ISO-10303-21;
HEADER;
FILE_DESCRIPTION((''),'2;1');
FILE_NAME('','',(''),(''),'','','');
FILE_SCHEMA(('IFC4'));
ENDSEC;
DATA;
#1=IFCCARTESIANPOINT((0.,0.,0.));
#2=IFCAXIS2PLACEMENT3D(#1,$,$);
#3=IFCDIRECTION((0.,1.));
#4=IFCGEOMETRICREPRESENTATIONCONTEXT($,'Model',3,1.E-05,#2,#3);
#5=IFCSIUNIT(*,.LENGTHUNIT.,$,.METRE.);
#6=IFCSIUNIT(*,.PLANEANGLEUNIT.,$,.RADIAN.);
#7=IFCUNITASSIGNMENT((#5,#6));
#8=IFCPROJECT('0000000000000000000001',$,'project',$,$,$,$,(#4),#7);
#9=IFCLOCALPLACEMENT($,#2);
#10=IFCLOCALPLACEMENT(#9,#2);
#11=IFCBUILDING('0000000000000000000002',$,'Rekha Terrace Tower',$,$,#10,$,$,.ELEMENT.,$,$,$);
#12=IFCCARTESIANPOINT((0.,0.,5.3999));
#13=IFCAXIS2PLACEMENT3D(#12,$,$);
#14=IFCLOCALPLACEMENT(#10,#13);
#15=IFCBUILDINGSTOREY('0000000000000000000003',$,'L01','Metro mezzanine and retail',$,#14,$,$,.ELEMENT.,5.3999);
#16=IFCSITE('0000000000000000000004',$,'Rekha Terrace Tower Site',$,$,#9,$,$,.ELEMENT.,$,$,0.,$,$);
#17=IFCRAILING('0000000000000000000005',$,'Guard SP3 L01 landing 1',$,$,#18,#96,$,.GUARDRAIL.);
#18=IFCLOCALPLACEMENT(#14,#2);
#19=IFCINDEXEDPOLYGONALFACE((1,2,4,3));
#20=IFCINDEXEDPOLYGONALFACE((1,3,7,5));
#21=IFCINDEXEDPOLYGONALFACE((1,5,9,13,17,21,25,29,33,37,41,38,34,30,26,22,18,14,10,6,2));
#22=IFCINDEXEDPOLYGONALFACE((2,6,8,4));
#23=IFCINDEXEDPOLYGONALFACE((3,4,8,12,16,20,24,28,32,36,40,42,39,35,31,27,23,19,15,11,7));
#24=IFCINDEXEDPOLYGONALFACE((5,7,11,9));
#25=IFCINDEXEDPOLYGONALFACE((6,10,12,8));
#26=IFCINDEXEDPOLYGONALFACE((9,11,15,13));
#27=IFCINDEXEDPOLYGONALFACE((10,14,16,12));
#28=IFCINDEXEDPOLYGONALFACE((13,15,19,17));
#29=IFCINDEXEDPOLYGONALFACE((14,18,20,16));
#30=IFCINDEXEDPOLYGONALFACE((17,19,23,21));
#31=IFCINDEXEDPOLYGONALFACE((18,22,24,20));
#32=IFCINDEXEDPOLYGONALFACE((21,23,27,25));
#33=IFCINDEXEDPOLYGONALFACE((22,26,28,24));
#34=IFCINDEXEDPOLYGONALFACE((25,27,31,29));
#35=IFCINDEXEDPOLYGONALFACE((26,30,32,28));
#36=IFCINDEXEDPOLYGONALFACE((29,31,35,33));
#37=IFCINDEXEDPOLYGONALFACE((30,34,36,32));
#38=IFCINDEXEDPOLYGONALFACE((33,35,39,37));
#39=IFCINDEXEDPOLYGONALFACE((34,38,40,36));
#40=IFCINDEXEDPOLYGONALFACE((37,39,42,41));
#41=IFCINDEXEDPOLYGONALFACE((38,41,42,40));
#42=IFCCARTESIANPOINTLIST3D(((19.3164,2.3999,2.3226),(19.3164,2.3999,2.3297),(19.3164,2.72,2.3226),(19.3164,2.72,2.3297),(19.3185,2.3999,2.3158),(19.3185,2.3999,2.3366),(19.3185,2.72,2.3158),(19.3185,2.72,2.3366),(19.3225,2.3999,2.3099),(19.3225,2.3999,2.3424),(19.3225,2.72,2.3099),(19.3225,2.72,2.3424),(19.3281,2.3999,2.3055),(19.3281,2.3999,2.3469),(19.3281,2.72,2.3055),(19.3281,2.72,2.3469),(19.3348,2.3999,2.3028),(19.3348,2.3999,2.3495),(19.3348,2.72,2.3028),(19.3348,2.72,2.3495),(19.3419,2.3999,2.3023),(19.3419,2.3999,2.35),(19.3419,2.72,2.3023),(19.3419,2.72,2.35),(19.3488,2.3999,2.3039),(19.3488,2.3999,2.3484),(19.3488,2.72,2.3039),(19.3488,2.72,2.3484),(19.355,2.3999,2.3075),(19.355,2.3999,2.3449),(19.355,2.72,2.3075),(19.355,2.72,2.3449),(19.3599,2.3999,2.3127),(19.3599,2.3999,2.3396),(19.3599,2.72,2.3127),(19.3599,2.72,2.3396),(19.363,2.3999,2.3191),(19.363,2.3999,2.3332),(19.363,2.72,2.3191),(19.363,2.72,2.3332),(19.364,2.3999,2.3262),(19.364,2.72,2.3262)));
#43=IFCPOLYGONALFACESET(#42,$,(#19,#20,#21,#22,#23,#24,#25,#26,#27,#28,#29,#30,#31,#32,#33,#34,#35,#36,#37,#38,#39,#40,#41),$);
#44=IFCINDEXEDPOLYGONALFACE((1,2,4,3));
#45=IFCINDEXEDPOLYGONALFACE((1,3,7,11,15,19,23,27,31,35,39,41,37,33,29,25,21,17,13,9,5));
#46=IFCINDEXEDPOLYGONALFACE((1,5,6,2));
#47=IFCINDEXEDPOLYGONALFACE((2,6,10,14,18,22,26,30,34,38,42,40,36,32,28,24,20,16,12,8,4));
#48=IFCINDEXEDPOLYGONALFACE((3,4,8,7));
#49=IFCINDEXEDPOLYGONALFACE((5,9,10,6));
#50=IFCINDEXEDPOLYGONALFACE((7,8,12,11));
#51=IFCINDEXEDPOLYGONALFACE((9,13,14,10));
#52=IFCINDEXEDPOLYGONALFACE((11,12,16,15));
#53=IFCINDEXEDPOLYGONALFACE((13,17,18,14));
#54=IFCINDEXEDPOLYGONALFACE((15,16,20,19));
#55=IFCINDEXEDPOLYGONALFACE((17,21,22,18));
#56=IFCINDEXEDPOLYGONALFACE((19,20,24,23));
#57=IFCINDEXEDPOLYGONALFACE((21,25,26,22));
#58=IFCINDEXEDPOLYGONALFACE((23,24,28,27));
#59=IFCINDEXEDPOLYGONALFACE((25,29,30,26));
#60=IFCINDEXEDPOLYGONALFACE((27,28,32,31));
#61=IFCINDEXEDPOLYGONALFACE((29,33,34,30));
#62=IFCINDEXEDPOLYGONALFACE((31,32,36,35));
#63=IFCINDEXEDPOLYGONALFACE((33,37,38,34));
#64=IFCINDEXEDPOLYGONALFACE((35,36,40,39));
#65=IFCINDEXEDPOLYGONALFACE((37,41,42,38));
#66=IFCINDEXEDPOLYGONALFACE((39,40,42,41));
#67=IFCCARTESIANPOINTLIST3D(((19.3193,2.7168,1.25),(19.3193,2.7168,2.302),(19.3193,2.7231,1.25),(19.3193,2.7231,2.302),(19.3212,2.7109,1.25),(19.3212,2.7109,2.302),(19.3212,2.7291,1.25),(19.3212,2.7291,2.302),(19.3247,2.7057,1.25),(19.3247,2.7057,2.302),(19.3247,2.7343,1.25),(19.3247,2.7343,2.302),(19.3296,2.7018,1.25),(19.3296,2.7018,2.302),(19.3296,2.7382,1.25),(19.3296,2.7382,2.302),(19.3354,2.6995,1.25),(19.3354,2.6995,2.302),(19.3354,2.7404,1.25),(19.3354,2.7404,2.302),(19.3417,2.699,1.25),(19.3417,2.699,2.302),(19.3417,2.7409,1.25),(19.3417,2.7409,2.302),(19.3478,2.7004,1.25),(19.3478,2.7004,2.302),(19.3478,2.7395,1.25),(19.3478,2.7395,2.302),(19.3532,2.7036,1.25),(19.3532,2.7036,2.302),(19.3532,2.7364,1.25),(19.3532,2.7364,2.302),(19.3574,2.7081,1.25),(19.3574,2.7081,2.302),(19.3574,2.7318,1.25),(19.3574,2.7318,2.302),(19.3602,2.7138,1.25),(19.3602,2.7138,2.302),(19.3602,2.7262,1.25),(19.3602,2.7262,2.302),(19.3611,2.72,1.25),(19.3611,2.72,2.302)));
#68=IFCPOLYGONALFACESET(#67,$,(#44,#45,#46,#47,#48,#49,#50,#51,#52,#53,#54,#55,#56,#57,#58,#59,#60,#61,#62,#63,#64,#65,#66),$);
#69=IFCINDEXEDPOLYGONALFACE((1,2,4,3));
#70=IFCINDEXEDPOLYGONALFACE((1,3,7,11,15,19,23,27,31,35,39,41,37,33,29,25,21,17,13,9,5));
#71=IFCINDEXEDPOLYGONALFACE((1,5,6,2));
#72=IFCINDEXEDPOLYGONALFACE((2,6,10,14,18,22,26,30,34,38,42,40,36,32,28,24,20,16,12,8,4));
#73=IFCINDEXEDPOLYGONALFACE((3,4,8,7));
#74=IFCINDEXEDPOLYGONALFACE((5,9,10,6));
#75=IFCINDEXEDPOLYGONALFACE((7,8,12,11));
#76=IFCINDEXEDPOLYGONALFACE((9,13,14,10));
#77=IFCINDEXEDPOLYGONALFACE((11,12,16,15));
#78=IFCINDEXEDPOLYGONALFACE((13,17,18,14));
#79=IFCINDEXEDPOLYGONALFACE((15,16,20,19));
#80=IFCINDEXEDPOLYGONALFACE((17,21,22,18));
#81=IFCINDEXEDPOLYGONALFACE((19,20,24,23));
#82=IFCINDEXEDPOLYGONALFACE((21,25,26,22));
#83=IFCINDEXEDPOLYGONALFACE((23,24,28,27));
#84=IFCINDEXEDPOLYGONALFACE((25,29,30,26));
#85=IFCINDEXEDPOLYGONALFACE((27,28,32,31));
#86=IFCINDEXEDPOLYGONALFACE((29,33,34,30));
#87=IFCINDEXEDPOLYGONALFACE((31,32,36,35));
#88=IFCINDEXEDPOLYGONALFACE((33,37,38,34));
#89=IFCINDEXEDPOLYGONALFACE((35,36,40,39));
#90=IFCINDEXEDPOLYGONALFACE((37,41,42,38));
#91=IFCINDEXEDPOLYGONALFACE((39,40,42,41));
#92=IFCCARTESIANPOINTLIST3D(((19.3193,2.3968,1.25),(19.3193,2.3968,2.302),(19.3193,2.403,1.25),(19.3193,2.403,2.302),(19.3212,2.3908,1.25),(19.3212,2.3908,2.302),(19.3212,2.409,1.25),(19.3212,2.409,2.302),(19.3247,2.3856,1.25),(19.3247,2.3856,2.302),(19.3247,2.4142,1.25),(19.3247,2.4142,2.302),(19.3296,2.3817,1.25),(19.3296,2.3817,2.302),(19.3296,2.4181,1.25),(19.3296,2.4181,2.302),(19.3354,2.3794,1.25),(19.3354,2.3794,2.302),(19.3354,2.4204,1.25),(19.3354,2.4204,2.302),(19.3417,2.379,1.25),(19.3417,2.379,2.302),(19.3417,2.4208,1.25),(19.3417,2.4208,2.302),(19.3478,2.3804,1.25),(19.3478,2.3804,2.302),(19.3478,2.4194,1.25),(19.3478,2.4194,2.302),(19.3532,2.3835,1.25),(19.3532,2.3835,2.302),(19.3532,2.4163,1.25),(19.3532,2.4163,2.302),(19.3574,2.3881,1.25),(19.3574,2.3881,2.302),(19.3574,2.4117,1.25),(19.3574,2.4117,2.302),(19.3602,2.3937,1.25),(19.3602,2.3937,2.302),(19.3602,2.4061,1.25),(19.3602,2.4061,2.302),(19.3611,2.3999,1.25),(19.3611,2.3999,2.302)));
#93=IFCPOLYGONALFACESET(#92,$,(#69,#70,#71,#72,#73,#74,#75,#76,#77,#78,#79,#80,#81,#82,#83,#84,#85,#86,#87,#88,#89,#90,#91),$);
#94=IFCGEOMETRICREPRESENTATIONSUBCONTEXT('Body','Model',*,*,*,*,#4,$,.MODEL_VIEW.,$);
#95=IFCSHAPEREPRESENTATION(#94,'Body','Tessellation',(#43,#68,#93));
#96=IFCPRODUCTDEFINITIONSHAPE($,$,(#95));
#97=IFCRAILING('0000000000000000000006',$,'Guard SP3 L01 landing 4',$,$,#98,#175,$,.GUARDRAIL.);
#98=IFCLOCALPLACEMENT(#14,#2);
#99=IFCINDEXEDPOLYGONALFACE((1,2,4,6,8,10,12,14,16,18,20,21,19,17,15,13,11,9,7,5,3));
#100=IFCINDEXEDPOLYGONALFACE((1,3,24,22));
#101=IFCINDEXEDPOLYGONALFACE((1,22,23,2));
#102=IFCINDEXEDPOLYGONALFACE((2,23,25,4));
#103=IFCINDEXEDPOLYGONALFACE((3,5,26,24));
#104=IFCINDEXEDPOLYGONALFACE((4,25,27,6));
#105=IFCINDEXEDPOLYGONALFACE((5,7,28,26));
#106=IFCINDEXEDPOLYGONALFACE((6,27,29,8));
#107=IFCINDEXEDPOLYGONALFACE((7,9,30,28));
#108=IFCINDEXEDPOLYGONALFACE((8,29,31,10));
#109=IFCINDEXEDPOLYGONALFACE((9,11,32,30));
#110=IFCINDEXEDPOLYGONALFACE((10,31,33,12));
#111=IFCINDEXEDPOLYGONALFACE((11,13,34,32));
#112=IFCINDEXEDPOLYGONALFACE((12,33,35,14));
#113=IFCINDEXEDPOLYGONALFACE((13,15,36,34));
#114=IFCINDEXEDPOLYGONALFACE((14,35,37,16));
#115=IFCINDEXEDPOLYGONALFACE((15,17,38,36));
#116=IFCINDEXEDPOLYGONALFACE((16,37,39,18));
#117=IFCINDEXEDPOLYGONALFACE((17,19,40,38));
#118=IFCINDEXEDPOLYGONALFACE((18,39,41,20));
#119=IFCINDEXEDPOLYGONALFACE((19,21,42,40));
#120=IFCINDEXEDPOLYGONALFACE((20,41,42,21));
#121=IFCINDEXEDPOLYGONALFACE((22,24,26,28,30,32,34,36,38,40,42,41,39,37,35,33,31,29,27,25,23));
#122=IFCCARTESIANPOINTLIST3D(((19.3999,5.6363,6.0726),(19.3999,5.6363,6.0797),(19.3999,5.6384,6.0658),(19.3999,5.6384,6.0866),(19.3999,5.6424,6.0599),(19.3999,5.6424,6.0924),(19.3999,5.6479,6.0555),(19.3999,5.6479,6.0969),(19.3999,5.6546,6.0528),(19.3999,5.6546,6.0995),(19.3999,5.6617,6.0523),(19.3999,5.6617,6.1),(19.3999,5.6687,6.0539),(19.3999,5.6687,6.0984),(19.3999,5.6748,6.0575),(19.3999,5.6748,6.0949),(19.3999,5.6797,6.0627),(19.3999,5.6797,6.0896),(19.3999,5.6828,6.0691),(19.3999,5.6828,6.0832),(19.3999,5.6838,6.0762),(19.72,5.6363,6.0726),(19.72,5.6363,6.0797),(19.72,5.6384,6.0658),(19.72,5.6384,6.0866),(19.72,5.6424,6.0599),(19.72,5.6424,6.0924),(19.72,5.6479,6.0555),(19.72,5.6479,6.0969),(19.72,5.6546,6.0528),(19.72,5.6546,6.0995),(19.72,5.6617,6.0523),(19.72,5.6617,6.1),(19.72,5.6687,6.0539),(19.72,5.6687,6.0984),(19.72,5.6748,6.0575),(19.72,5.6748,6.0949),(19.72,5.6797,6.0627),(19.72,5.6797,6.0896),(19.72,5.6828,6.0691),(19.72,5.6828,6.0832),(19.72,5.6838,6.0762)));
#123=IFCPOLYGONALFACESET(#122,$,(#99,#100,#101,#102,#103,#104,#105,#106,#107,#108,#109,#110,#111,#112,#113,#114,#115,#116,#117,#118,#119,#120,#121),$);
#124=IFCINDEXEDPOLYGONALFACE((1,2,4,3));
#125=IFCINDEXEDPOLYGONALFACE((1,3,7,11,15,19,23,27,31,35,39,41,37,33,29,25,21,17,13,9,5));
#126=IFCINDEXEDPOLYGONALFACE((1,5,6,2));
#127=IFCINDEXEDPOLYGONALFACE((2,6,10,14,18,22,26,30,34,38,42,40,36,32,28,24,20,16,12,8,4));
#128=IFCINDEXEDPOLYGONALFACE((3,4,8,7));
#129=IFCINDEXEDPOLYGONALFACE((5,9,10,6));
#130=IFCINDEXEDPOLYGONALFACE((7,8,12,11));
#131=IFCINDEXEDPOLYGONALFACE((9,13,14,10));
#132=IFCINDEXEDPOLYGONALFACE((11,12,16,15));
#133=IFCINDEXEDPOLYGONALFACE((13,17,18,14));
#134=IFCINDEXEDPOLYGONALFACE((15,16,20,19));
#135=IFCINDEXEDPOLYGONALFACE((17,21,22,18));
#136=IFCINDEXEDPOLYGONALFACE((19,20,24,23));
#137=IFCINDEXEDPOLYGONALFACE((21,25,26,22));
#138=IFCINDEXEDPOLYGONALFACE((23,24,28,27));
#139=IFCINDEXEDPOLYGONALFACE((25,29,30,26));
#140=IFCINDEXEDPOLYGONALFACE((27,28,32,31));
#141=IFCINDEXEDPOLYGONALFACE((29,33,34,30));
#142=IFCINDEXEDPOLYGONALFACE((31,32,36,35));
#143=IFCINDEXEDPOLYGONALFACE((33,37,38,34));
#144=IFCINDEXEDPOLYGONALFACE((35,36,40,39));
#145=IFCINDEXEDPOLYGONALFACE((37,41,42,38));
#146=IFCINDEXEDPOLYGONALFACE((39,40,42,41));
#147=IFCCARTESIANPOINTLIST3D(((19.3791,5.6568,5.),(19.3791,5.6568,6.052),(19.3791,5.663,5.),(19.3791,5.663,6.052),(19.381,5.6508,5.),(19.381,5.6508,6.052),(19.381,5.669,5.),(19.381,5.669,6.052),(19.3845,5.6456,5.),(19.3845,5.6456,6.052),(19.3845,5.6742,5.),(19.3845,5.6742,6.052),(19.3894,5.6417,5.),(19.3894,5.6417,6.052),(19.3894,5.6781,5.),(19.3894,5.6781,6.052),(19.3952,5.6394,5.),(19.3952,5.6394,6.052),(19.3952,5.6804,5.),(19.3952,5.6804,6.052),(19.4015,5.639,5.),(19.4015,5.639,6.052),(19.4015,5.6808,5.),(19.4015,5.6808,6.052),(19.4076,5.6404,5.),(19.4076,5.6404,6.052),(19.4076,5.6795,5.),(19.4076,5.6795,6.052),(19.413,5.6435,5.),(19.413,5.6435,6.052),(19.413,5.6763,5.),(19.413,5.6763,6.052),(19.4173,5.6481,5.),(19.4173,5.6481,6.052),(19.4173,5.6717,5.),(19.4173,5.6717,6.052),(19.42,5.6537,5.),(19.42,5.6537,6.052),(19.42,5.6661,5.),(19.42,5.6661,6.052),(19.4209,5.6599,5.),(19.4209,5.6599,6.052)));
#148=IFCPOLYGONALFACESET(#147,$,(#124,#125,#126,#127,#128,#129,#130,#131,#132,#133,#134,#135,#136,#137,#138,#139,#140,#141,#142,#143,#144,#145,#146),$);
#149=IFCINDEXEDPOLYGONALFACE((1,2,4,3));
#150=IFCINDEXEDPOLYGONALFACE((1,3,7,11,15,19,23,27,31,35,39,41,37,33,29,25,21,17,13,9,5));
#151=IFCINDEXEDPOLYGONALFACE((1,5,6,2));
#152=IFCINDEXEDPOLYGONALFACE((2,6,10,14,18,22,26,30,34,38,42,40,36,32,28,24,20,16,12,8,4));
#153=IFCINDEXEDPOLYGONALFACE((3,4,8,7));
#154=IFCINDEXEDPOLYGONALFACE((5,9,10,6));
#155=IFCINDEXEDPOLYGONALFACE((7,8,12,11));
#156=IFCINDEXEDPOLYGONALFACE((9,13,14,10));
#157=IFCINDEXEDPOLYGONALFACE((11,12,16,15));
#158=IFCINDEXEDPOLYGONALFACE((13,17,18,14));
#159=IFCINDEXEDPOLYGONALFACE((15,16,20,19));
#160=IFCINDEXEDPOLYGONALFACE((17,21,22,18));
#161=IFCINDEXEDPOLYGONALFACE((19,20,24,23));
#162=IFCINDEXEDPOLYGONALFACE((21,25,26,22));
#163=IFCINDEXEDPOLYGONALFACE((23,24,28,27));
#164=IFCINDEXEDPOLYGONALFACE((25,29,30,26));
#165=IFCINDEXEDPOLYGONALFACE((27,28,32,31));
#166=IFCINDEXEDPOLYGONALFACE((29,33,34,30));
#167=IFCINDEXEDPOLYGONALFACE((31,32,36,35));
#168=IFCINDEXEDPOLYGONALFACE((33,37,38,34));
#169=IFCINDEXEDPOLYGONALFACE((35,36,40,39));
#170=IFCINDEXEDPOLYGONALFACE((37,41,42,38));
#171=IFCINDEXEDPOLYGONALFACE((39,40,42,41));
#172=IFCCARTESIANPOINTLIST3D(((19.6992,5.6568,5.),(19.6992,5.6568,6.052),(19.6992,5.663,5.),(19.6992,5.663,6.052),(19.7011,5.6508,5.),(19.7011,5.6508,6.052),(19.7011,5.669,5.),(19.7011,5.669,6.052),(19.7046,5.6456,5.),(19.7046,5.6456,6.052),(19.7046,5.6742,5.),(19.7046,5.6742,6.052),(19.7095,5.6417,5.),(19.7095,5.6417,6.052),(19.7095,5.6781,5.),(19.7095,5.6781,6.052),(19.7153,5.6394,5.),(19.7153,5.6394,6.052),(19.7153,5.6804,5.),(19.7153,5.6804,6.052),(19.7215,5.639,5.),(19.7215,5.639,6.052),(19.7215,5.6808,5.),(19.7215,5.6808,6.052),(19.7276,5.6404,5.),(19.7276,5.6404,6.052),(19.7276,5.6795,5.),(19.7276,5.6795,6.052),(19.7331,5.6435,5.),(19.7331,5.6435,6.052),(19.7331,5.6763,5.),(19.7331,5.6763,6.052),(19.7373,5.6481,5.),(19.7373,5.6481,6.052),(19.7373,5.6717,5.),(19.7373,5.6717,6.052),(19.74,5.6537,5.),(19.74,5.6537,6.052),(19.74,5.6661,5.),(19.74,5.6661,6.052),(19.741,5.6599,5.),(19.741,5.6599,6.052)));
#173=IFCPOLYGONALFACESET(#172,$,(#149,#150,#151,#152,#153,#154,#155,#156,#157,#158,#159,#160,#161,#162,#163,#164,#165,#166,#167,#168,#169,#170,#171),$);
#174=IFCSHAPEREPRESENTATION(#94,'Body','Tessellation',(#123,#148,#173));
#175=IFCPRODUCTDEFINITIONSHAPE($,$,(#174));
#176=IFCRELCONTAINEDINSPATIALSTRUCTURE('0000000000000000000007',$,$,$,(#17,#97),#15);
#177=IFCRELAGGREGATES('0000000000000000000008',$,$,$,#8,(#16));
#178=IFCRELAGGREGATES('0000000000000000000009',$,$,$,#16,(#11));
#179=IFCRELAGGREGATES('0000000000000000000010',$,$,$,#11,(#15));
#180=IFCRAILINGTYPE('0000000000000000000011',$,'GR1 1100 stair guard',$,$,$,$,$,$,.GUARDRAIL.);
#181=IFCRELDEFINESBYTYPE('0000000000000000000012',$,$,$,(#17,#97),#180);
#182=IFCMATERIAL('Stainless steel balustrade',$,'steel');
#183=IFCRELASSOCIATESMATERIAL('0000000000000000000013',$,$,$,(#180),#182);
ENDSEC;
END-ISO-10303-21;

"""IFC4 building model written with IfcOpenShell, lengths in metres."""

from ifc_helpers import new_model, si_unit, direction, frame, origin, origin_2d, place, context, subcontext, project, spatial, circle, extrude, material, type_object, element, save


model = new_model("IFC4")

# Units and contexts
model_context = context("Model", 3, precision=1e-05, world=origin(), true_north=direction((0.0, 1.0)))
body_context = subcontext(model_context, "Body", "Model", "MODEL_VIEW")
ifc_project = project(units=[si_unit("LENGTHUNIT", "METRE"), si_unit("PLANEANGLEUNIT", "RADIAN")], contexts=[model_context])

# Site, building, storey
site_placement = place(None, origin())
site = spatial("IfcSite", under=ifc_project, at=site_placement, Name="Rekha Terrace Tower Site", CompositionType="ELEMENT", RefElevation=0.0)
building_placement = place(site_placement, origin())
building = spatial("IfcBuilding", under=site, at=building_placement, Name="Rekha Terrace Tower", CompositionType="ELEMENT")
storey_placement = place(building_placement, frame((0.0, 0.0, 5.3999)))
storey = spatial("IfcBuildingStorey", under=building, at=storey_placement, Name="L01", Description="Metro mezzanine and retail", CompositionType="ELEMENT", Elevation=5.3999)

# Railings
ifc_material_1 = material(Name="Stainless steel balustrade", Category="steel")
railing_type_1 = type_object("IfcRailingType", Name="GR1 1100 stair guard", PredefinedType="GUARDRAIL", material=ifc_material_1)
railing_1_placement = place(storey_placement, frame((19.3401, 2.72, 1.25)))
element("IfcRailing", 1, at=railing_1_placement, inside=storey, type_object=railing_type_1, Name="Guard SP3 L01 landing 1", PredefinedType="GUARDRAIL", context=body_context, shape_type="SweptSolid", body=[
    extrude(circle(Radius=0.0239, at=origin_2d()), frame((0.0, 0.0, 1.0762), z_axis=(0.0, -1.0, 0.0), x_axis=(1.0, 0.0, 0.0)), (0.0, 0.0, 1.0), 0.3201),
    extrude(circle(Radius=0.021, at=origin_2d()), origin(), (0.0, 0.0, 1.0), 1.052),
    extrude(circle(Radius=0.021, at=origin_2d()), frame((0.0, -0.3201, 0.0)), (0.0, 0.0, 1.0), 1.052),
])
railing_2_placement = place(storey_placement, frame((19.3999, 5.6599, 5.0)))
element("IfcRailing", 2, at=railing_2_placement, inside=storey, type_object=railing_type_1, Name="Guard SP3 L01 landing 4", PredefinedType="GUARDRAIL", context=body_context, shape_type="SweptSolid", body=[
    extrude(circle(Radius=0.0239, at=origin_2d()), frame((0.0, 0.0, 1.0762), z_axis=(1.0, 0.0, 0.0), x_axis=(0.0, 1.0, 0.0)), (0.0, 0.0, 1.0), 0.3201),
    extrude(circle(Radius=0.021, at=origin_2d()), origin(), (0.0, 0.0, 1.0), 1.052),
    extrude(circle(Radius=0.021, at=origin_2d()), frame((0.3201, 0.0, 0.0)), (0.0, 0.0, 1.0), 1.052),
])

save(model, "model.ifc")
